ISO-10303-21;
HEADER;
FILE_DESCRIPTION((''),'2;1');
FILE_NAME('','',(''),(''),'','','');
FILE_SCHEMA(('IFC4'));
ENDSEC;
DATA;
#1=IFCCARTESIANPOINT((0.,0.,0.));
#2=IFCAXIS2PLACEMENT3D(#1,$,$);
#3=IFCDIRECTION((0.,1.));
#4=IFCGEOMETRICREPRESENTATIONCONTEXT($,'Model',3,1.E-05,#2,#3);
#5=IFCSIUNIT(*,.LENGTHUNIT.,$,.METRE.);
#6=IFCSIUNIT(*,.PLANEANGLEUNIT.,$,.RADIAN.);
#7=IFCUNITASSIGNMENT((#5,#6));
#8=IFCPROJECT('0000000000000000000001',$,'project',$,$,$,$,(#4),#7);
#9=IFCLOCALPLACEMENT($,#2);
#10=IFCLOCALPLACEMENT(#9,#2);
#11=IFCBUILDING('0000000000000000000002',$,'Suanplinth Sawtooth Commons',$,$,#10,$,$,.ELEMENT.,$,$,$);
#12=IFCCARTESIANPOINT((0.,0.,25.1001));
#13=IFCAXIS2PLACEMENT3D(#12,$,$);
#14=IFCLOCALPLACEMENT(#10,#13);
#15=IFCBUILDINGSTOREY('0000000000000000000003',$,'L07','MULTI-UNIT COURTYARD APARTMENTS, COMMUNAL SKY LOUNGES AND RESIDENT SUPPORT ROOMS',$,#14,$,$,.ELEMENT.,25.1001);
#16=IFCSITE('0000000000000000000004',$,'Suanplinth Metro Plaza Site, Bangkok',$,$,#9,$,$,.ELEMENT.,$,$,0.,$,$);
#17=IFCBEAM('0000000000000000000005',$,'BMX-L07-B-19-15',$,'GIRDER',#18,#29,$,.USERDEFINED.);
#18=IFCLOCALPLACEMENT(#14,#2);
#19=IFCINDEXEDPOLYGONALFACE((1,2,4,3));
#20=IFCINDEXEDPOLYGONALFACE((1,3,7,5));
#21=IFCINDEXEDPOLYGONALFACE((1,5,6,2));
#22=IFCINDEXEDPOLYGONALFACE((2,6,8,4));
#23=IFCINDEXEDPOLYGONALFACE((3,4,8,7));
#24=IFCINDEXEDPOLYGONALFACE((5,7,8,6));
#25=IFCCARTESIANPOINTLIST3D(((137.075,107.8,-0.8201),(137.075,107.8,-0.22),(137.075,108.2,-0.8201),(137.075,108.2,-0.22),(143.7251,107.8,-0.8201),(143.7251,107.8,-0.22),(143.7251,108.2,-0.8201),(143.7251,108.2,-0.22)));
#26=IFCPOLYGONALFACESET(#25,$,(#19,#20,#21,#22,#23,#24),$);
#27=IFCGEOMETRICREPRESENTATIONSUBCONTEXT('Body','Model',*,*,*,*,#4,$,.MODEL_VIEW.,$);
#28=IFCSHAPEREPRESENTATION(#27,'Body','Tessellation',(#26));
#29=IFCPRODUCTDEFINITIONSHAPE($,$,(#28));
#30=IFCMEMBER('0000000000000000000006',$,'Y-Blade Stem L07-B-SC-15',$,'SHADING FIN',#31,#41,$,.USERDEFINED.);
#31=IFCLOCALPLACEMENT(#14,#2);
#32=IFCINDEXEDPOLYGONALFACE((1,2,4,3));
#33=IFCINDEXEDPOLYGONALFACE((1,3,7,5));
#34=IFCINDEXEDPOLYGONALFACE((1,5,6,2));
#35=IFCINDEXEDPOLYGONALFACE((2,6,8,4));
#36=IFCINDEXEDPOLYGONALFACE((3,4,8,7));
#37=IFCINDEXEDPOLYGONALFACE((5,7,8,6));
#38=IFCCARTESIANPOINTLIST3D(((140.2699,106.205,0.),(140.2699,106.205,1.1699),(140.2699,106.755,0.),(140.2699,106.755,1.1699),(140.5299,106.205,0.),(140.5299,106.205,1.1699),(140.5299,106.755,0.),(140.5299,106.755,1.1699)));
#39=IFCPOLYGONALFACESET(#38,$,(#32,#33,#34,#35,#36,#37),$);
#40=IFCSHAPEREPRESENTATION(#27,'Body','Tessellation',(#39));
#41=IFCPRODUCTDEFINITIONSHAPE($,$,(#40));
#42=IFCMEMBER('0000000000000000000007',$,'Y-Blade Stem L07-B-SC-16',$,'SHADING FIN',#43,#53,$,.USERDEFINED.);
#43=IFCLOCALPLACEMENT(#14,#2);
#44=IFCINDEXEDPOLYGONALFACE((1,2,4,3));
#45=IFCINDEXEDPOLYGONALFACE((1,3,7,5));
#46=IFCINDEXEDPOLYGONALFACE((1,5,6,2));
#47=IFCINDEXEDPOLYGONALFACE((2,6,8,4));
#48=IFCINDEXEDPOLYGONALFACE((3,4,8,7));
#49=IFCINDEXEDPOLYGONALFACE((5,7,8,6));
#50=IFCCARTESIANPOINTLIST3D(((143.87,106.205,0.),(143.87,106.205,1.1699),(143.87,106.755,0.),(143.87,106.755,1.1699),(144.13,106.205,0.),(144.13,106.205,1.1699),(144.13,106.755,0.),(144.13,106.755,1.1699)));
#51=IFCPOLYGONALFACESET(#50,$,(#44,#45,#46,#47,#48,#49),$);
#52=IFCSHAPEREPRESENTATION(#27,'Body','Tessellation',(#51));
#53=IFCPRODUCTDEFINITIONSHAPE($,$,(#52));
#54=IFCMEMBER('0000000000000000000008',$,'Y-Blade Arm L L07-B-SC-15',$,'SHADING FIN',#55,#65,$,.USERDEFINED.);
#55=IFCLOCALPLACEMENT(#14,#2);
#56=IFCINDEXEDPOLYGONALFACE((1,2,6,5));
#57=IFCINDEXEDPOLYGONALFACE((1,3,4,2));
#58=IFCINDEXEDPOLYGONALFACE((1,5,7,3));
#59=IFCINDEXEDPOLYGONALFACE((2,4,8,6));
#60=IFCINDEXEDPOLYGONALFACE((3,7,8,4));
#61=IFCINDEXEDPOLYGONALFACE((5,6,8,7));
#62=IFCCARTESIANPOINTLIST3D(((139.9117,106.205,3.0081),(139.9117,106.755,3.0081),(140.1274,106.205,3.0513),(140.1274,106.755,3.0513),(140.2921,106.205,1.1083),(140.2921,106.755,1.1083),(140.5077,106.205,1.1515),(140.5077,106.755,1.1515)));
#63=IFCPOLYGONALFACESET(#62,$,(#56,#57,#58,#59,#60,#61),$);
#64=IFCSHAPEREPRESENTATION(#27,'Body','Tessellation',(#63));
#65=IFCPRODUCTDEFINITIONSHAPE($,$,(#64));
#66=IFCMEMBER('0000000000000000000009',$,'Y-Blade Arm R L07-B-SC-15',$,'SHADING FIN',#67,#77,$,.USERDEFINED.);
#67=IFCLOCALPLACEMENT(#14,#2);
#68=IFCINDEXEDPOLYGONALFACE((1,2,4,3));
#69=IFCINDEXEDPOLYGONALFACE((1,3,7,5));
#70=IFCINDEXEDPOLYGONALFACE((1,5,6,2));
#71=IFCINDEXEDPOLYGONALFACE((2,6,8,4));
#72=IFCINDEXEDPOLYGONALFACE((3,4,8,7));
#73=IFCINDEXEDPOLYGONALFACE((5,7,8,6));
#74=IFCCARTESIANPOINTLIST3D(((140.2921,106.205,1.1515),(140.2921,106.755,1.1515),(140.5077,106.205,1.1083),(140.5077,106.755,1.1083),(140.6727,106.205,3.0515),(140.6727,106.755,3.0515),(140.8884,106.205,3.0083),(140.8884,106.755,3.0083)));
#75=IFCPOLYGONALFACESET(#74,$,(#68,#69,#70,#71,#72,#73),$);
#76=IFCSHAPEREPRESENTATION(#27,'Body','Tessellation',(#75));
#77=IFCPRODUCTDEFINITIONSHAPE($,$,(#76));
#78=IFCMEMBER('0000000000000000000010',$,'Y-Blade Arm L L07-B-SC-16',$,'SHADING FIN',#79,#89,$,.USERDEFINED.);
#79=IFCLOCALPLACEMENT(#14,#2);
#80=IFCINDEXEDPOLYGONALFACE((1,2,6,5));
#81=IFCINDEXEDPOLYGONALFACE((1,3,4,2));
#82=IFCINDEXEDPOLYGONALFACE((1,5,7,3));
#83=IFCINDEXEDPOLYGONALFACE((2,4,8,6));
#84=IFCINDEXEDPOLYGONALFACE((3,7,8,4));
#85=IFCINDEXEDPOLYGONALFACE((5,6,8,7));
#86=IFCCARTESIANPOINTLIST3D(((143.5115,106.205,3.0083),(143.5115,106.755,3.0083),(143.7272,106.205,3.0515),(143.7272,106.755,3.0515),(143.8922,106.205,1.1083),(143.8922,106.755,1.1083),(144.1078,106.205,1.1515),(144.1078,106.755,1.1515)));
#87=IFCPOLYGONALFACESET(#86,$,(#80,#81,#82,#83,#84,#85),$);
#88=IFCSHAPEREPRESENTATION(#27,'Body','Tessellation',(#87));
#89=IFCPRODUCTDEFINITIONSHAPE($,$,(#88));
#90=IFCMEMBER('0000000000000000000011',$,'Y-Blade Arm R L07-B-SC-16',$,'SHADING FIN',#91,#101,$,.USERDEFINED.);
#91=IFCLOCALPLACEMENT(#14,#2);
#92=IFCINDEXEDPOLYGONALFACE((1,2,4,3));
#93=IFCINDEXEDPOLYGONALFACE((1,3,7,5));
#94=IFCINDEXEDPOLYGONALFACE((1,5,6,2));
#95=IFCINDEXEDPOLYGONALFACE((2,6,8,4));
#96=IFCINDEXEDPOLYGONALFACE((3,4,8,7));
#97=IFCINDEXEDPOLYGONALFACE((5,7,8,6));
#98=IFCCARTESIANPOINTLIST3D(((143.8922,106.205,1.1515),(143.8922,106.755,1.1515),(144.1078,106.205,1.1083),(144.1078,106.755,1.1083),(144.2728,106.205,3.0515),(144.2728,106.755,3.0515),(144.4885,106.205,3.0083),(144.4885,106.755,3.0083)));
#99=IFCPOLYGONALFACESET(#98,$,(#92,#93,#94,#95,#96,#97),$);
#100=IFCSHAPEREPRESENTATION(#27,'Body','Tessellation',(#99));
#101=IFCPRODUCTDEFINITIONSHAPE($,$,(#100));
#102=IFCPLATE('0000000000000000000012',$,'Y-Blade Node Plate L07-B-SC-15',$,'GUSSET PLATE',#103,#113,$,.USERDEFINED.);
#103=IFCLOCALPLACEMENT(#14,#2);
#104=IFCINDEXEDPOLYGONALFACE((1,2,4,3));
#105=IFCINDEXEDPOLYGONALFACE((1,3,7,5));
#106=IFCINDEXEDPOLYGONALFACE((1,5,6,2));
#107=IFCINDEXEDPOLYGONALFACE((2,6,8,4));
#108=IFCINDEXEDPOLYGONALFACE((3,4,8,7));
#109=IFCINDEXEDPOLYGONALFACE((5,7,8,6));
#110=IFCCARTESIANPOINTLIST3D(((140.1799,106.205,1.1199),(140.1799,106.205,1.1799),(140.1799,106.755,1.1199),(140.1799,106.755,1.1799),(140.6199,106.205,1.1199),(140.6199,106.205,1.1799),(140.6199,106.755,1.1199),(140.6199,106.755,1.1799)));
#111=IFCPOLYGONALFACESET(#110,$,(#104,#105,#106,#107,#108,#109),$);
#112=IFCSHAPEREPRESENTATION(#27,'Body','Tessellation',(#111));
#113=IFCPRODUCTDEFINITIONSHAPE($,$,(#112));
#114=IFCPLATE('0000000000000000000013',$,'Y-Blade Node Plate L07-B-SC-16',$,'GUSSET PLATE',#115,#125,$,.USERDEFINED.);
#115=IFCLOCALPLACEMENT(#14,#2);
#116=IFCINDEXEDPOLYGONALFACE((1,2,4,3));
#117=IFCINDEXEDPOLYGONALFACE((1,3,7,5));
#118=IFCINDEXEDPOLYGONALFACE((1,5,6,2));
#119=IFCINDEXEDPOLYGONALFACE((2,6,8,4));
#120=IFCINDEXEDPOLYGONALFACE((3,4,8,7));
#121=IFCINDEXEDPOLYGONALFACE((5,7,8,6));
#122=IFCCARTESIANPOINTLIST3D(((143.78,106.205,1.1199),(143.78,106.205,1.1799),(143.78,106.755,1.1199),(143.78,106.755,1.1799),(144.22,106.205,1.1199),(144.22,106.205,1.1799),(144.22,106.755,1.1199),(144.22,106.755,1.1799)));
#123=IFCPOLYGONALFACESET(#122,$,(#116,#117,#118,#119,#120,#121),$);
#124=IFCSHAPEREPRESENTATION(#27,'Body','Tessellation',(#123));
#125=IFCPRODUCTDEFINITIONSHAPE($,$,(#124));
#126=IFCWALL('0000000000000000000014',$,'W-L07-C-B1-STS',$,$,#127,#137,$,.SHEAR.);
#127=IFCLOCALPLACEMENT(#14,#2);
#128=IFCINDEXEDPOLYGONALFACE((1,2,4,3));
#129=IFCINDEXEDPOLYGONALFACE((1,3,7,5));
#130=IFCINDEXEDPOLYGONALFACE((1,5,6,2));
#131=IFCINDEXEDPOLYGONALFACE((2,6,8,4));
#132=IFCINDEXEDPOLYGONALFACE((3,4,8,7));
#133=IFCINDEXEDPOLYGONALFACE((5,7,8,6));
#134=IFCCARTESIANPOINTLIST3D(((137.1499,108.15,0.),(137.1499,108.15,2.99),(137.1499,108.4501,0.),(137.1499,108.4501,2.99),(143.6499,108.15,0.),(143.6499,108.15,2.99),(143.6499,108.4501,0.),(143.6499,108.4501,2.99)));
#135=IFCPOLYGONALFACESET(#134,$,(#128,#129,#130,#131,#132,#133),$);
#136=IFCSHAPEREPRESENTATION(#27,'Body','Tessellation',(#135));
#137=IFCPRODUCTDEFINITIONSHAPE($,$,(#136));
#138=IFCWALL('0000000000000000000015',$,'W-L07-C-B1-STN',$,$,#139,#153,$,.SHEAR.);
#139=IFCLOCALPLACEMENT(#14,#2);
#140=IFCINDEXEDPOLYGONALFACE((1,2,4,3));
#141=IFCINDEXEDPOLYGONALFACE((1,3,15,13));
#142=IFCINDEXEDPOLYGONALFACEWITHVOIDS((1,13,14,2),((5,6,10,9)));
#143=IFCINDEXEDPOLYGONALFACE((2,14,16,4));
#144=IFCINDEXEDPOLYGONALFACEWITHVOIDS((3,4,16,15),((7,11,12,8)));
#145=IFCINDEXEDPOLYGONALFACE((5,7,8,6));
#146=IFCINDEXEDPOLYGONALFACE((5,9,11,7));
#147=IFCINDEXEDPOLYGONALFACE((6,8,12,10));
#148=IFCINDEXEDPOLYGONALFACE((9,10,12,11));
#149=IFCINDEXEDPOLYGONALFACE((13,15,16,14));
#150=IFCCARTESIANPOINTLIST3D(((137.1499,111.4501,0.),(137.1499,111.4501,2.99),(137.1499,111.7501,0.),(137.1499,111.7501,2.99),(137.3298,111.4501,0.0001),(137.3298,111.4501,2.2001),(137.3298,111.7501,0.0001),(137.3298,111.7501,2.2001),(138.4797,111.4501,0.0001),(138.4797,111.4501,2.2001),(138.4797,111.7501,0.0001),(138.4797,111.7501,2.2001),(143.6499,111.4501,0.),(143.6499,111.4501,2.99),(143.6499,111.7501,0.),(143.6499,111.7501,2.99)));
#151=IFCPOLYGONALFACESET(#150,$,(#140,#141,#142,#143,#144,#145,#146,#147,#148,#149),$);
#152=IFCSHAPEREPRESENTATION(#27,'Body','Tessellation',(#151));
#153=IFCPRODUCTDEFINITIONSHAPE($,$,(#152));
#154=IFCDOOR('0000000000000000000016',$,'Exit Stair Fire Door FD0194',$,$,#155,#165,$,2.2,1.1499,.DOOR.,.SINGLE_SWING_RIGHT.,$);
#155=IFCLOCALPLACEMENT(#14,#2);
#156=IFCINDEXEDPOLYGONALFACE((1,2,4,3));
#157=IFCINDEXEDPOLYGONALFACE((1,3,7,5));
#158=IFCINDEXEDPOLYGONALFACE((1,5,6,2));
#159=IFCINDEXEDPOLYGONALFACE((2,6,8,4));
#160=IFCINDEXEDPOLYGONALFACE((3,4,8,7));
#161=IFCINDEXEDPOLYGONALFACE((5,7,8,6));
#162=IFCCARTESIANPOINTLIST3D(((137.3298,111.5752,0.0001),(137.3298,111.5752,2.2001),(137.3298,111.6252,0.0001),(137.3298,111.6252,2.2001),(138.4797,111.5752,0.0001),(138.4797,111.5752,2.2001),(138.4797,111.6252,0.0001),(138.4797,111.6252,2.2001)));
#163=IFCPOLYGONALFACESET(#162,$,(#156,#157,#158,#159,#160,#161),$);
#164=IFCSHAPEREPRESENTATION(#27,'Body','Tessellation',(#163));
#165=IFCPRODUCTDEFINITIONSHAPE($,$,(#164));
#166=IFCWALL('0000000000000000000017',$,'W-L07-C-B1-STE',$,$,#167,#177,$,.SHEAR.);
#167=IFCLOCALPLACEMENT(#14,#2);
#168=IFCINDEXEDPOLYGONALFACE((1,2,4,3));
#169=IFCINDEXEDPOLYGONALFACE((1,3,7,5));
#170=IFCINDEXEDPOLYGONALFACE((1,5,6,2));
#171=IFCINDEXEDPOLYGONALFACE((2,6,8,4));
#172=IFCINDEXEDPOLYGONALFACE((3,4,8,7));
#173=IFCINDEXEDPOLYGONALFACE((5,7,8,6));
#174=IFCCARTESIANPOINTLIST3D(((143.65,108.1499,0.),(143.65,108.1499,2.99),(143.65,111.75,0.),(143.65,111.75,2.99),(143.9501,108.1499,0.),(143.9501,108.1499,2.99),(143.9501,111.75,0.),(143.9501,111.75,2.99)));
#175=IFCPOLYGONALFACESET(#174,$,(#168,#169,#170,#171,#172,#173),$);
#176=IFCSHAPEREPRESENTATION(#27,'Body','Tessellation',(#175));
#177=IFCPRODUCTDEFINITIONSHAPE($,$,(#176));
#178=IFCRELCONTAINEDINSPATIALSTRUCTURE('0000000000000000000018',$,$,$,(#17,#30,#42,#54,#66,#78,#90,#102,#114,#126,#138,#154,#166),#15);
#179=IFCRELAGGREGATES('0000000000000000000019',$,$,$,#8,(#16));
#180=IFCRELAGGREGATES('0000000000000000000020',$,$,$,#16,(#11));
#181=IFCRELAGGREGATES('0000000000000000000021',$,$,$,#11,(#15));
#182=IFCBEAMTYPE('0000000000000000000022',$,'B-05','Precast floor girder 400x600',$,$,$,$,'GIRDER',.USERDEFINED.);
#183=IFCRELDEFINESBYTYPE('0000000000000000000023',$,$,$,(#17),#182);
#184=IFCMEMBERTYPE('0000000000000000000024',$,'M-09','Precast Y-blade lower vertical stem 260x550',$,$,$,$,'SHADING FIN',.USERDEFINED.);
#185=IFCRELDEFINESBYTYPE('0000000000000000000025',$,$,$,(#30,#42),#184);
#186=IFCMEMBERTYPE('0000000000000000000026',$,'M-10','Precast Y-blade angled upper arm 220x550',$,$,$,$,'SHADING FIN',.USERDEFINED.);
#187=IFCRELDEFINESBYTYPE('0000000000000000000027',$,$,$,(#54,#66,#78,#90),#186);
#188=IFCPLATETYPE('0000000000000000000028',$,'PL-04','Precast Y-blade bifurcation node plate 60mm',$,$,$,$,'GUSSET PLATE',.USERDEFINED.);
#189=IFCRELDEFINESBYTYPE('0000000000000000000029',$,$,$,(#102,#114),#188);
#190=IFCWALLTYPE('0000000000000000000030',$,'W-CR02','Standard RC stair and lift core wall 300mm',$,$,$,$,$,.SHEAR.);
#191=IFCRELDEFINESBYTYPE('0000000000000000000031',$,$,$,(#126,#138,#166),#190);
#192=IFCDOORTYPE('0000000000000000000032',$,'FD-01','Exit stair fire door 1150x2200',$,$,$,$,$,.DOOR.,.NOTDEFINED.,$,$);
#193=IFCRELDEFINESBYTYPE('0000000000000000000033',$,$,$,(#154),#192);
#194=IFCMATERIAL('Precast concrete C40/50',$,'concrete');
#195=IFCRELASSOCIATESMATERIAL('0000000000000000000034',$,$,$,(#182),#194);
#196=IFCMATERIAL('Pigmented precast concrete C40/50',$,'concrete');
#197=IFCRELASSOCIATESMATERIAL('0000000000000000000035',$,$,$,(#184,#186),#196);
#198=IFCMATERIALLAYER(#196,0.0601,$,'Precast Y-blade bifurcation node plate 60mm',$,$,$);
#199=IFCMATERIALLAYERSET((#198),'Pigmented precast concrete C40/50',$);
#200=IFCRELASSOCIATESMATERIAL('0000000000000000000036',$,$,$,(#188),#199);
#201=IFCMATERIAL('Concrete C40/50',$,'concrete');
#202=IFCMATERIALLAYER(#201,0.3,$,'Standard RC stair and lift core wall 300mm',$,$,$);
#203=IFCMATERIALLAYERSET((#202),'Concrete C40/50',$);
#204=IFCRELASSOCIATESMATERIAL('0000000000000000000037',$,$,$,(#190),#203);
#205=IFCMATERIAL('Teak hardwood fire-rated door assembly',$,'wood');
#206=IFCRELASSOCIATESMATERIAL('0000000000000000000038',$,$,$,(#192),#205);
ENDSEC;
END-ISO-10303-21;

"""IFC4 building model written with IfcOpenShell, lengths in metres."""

from ifc_helpers import new_model, si_unit, direction, frame, frame_2d, origin, origin_2d, place, context, subcontext, project, spatial, rectangle, extrude, material, layer, layer_set, material_profile, profile_set, type_object, element, fill, save


model = new_model("IFC4")

# Units and contexts
model_context = context("Model", 3, precision=1e-05, world=origin(), true_north=direction((0.0, 1.0)))
body_context = subcontext(model_context, "Body", "Model", "MODEL_VIEW")
ifc_project = project(units=[si_unit("LENGTHUNIT", "METRE"), si_unit("PLANEANGLEUNIT", "RADIAN")], contexts=[model_context])

# Site, building, storey
site_placement = place(None, origin())
site = spatial("IfcSite", under=ifc_project, at=site_placement, Name="Suanplinth Metro Plaza Site, Bangkok", CompositionType="ELEMENT", RefElevation=0.0)
building_placement = place(site_placement, origin())
building = spatial("IfcBuilding", under=site, at=building_placement, Name="Suanplinth Sawtooth Commons", CompositionType="ELEMENT")
storey_placement = place(building_placement, frame((0.0, 0.0, 25.1001)))
storey = spatial("IfcBuildingStorey", under=building, at=storey_placement, Name="L07", Description="MULTI-UNIT COURTYARD APARTMENTS, COMMUNAL SKY LOUNGES AND RESIDENT SUPPORT ROOMS", CompositionType="ELEMENT", Elevation=25.1001)

# Beam
ifc_material_1 = material(Name="Precast concrete C40/50", Category="concrete")
ifc_material_profile_1 = material_profile(ifc_material_1, rectangle(XDim=0.3999, YDim=0.6001, at=origin_2d()), Name="PC-GDR 400x600")
ifc_profile_set_1 = profile_set([ifc_material_profile_1], Name="Precast concrete C40/50")
beam_type = type_object("IfcBeamType", Name="B-05", Description="Precast floor girder 400x600", ElementType="GIRDER", PredefinedType="USERDEFINED", material=ifc_profile_set_1)
beam_placement = place(storey_placement, frame((137.075, 108.0, -0.52), z_axis=(1.0, 0.0, 0.0), x_axis=(0.0, 1.0, 0.0)))
element("IfcBeam", 1, at=beam_placement, inside=storey, type_object=beam_type, Name="BMX-L07-B-19-15", ObjectType="GIRDER", PredefinedType="USERDEFINED", context=body_context, shape_type="SweptSolid", body=[
    extrude(rectangle(XDim=0.3999, YDim=0.6001, at=origin_2d()), origin(), (0.0, 0.0, 1.0), 6.6501),
])

# Members
ifc_material_2 = material(Name="Pigmented precast concrete C40/50", Category="concrete")
ifc_material_profile_2 = material_profile(ifc_material_2, rectangle(XDim=0.26, YDim=0.55, at=origin_2d()), Name="PC-FIN 260x550")
ifc_profile_set_2 = profile_set([ifc_material_profile_2], Name="Pigmented precast concrete C40/50")
member_type_1 = type_object("IfcMemberType", Name="M-09", Description="Precast Y-blade lower vertical stem 260x550", ElementType="SHADING FIN", PredefinedType="USERDEFINED", material=ifc_profile_set_2)
for number, where, z_axis, x_axis, name in (
    (2, (140.3999, 106.48, 0.0), (0.0, 0.0, 1.0), (1.0, 0.0, 0.0), "Y-Blade Stem L07-B-SC-15"),
    (3, (144.0, 106.48, 0.0), (0.0, 0.0, 1.0), (1.0, 0.0, 0.0), "Y-Blade Stem L07-B-SC-16"),
):
    element("IfcMember", number, at=place(storey_placement, frame(where, z_axis=z_axis, x_axis=x_axis)), inside=storey, type_object=member_type_1, Name=name, ObjectType="SHADING FIN", PredefinedType="USERDEFINED", context=body_context, shape_type="SweptSolid", body=[
        extrude(rectangle(XDim=0.26, YDim=0.55, at=origin_2d()), origin(), (0.0, 0.0, 1.0), 1.1699),
    ])
ifc_material_profile_3 = material_profile(ifc_material_2, rectangle(XDim=0.22, YDim=0.55, at=origin_2d()), Name="PC-FIN 220x550")
ifc_profile_set_3 = profile_set([ifc_material_profile_3], Name="Pigmented precast concrete C40/50")
member_type_2 = type_object("IfcMemberType", Name="M-10", Description="Precast Y-blade angled upper arm 220x550", ElementType="SHADING FIN", PredefinedType="USERDEFINED", material=ifc_profile_set_3)
member_placement = place(storey_placement, frame((140.3999, 106.48, 1.1299), z_axis=(-0.19631, 0.0, 0.980542), x_axis=(0.980542, 0.0, 0.19631)))
element("IfcMember", 4, at=member_placement, inside=storey, type_object=member_type_2, Name="Y-Blade Arm L L07-B-SC-15", ObjectType="SHADING FIN", PredefinedType="USERDEFINED", context=body_context, shape_type="SweptSolid", body=[
    extrude(rectangle(XDim=0.22, YDim=0.55, at=origin_2d()), origin(), (0.0, 0.0, 1.0), 1.9375),
])
for number, where, z_axis, x_axis, name in (
    (5, (140.3999, 106.48, 1.1299), (0.196431, 0.0, 0.980518), (-0.980518, 0.0, 0.196431), "Y-Blade Arm R L07-B-SC-15"),
    (6, (144.0, 106.48, 1.1299), (-0.196431, 0.0, 0.980518), (0.980518, 0.0, 0.196431), "Y-Blade Arm L L07-B-SC-16"),
    (7, (144.0, 106.48, 1.1299), (0.196431, 0.0, 0.980518), (-0.980518, 0.0, 0.196431), "Y-Blade Arm R L07-B-SC-16"),
):
    element("IfcMember", number, at=place(storey_placement, frame(where, z_axis=z_axis, x_axis=x_axis)), inside=storey, type_object=member_type_2, Name=name, ObjectType="SHADING FIN", PredefinedType="USERDEFINED", context=body_context, shape_type="SweptSolid", body=[
        extrude(rectangle(XDim=0.22, YDim=0.55, at=origin_2d()), origin(), (0.0, 0.0, 1.0), 1.9377),
    ])

# Plates
ifc_layer_1 = layer(ifc_material_2, 0.0601, Name="Precast Y-blade bifurcation node plate 60mm")
ifc_layer_set_1 = layer_set([ifc_layer_1], Name="Pigmented precast concrete C40/50")
plate_type = type_object("IfcPlateType", Name="PL-04", Description="Precast Y-blade bifurcation node plate 60mm", ElementType="GUSSET PLATE", PredefinedType="USERDEFINED", material=ifc_layer_set_1)
for number, where, z_axis, x_axis, name in (
    (8, (140.3999, 106.48, 1.1199), (0.0, 0.0, 1.0), (1.0, 0.0, 0.0), "Y-Blade Node Plate L07-B-SC-15"),
    (9, (144.0, 106.48, 1.1199), (0.0, 0.0, 1.0), (1.0, 0.0, 0.0), "Y-Blade Node Plate L07-B-SC-16"),
):
    element("IfcPlate", number, at=place(storey_placement, frame(where, z_axis=z_axis, x_axis=x_axis)), inside=storey, type_object=plate_type, Name=name, ObjectType="GUSSET PLATE", PredefinedType="USERDEFINED", context=body_context, shape_type="SweptSolid", body=[
        extrude(rectangle(XDim=0.4399, YDim=0.55, at=origin_2d()), origin(), (0.0, 0.0, 1.0), 0.0601),
    ])

# Wall
ifc_material_3 = material(Name="Concrete C40/50", Category="concrete")
ifc_layer_2 = layer(ifc_material_3, 0.3, Name="Standard RC stair and lift core wall 300mm")
ifc_layer_set_2 = layer_set([ifc_layer_2], Name="Concrete C40/50")
wall_type_1 = type_object("IfcWallType", Name="W-CR02", Description="Standard RC stair and lift core wall 300mm", PredefinedType="SHEAR", material=ifc_layer_set_2)
wall_1_placement = place(storey_placement, frame((137.1499, 108.3, 0.0), z_axis=(0.0, 0.0, 1.0), x_axis=(1.0, 0.0, 0.0)))
element("IfcWall", 10, at=wall_1_placement, inside=storey, type_object=wall_type_1, Name="W-L07-C-B1-STS", PredefinedType="SHEAR", context=body_context, shape_type="SweptSolid", body=[
    extrude(rectangle(XDim=6.5, YDim=0.3, at=frame_2d((3.25, 0.0))), origin(), (0.0, 0.0, 1.0), 2.99),
])

# Wall, opening, door
wall_2_placement = place(storey_placement, frame((137.1499, 111.6001, 0.0), z_axis=(0.0, 0.0, 1.0), x_axis=(1.0, 0.0, 0.0)))
wall_2 = element("IfcWall", 11, at=wall_2_placement, inside=storey, type_object=wall_type_1, Name="W-L07-C-B1-STN", PredefinedType="SHEAR", context=body_context, shape_type="SweptSolid", body=[
    extrude(rectangle(XDim=6.5, YDim=0.3, at=frame_2d((3.25, 0.0))), origin(), (0.0, 0.0, 1.0), 2.99),
])
opening_1_placement = place(wall_2_placement, frame((0.1799, 0.0, 0.0)))
opening_1 = element("IfcOpeningElement", 12, at=opening_1_placement, cuts=wall_2, PredefinedType="OPENING", context=body_context, shape_type="SweptSolid", body=[
    extrude(rectangle(XDim=1.1499, YDim=2.2, at=frame_2d((0.575, 1.1001))), frame((0.0, 0.165, 0.0), z_axis=(0.0, -1.0, 0.0), x_axis=(1.0, 0.0, 0.0)), (0.0, 0.0, 1.0), 0.3298),
])
ifc_material_4 = material(Name="Teak hardwood fire-rated door assembly", Category="wood")
door_type_1 = type_object("IfcDoorType", Name="FD-01", Description="Exit stair fire door 1150x2200", OperationType="NOTDEFINED", PredefinedType="DOOR", material=ifc_material_4)
door_1_placement = place(opening_1_placement, frame((1.1499, 0.0, 0.0), z_axis=(0.0, 0.0, 1.0), x_axis=(-1.0, 0.0, 0.0)))
door_1 = element("IfcDoor", 13, at=door_1_placement, inside=storey, type_object=door_type_1, Name="Exit Stair Fire Door FD0194", OperationType="SINGLE_SWING_RIGHT", OverallHeight=2.2, OverallWidth=1.1499, PredefinedType="DOOR", context=body_context, shape_type="SweptSolid", body=[
    extrude(rectangle(XDim=1.1499, YDim=2.2, at=frame_2d((0.575, 1.1001))), frame((0.0, 0.0249, 0.0), z_axis=(0.0, -1.0, 0.0), x_axis=(1.0, 0.0, 0.0)), (0.0, 0.0, 1.0), 0.05),
])
fill(opening_1, door_1)

# Wall
wall_3_placement = place(storey_placement, frame((143.8, 108.1499, 0.0), z_axis=(0.0, 0.0, 1.0), x_axis=(0.0, 1.0, 0.0)))
element("IfcWall", 14, at=wall_3_placement, inside=storey, type_object=wall_type_1, Name="W-L07-C-B1-STE", PredefinedType="SHEAR", context=body_context, shape_type="SweptSolid", body=[
    extrude(rectangle(XDim=3.6001, YDim=0.3, at=frame_2d((1.8, 0.0))), origin(), (0.0, 0.0, 1.0), 2.99),
])

save(model, "model.ifc")
